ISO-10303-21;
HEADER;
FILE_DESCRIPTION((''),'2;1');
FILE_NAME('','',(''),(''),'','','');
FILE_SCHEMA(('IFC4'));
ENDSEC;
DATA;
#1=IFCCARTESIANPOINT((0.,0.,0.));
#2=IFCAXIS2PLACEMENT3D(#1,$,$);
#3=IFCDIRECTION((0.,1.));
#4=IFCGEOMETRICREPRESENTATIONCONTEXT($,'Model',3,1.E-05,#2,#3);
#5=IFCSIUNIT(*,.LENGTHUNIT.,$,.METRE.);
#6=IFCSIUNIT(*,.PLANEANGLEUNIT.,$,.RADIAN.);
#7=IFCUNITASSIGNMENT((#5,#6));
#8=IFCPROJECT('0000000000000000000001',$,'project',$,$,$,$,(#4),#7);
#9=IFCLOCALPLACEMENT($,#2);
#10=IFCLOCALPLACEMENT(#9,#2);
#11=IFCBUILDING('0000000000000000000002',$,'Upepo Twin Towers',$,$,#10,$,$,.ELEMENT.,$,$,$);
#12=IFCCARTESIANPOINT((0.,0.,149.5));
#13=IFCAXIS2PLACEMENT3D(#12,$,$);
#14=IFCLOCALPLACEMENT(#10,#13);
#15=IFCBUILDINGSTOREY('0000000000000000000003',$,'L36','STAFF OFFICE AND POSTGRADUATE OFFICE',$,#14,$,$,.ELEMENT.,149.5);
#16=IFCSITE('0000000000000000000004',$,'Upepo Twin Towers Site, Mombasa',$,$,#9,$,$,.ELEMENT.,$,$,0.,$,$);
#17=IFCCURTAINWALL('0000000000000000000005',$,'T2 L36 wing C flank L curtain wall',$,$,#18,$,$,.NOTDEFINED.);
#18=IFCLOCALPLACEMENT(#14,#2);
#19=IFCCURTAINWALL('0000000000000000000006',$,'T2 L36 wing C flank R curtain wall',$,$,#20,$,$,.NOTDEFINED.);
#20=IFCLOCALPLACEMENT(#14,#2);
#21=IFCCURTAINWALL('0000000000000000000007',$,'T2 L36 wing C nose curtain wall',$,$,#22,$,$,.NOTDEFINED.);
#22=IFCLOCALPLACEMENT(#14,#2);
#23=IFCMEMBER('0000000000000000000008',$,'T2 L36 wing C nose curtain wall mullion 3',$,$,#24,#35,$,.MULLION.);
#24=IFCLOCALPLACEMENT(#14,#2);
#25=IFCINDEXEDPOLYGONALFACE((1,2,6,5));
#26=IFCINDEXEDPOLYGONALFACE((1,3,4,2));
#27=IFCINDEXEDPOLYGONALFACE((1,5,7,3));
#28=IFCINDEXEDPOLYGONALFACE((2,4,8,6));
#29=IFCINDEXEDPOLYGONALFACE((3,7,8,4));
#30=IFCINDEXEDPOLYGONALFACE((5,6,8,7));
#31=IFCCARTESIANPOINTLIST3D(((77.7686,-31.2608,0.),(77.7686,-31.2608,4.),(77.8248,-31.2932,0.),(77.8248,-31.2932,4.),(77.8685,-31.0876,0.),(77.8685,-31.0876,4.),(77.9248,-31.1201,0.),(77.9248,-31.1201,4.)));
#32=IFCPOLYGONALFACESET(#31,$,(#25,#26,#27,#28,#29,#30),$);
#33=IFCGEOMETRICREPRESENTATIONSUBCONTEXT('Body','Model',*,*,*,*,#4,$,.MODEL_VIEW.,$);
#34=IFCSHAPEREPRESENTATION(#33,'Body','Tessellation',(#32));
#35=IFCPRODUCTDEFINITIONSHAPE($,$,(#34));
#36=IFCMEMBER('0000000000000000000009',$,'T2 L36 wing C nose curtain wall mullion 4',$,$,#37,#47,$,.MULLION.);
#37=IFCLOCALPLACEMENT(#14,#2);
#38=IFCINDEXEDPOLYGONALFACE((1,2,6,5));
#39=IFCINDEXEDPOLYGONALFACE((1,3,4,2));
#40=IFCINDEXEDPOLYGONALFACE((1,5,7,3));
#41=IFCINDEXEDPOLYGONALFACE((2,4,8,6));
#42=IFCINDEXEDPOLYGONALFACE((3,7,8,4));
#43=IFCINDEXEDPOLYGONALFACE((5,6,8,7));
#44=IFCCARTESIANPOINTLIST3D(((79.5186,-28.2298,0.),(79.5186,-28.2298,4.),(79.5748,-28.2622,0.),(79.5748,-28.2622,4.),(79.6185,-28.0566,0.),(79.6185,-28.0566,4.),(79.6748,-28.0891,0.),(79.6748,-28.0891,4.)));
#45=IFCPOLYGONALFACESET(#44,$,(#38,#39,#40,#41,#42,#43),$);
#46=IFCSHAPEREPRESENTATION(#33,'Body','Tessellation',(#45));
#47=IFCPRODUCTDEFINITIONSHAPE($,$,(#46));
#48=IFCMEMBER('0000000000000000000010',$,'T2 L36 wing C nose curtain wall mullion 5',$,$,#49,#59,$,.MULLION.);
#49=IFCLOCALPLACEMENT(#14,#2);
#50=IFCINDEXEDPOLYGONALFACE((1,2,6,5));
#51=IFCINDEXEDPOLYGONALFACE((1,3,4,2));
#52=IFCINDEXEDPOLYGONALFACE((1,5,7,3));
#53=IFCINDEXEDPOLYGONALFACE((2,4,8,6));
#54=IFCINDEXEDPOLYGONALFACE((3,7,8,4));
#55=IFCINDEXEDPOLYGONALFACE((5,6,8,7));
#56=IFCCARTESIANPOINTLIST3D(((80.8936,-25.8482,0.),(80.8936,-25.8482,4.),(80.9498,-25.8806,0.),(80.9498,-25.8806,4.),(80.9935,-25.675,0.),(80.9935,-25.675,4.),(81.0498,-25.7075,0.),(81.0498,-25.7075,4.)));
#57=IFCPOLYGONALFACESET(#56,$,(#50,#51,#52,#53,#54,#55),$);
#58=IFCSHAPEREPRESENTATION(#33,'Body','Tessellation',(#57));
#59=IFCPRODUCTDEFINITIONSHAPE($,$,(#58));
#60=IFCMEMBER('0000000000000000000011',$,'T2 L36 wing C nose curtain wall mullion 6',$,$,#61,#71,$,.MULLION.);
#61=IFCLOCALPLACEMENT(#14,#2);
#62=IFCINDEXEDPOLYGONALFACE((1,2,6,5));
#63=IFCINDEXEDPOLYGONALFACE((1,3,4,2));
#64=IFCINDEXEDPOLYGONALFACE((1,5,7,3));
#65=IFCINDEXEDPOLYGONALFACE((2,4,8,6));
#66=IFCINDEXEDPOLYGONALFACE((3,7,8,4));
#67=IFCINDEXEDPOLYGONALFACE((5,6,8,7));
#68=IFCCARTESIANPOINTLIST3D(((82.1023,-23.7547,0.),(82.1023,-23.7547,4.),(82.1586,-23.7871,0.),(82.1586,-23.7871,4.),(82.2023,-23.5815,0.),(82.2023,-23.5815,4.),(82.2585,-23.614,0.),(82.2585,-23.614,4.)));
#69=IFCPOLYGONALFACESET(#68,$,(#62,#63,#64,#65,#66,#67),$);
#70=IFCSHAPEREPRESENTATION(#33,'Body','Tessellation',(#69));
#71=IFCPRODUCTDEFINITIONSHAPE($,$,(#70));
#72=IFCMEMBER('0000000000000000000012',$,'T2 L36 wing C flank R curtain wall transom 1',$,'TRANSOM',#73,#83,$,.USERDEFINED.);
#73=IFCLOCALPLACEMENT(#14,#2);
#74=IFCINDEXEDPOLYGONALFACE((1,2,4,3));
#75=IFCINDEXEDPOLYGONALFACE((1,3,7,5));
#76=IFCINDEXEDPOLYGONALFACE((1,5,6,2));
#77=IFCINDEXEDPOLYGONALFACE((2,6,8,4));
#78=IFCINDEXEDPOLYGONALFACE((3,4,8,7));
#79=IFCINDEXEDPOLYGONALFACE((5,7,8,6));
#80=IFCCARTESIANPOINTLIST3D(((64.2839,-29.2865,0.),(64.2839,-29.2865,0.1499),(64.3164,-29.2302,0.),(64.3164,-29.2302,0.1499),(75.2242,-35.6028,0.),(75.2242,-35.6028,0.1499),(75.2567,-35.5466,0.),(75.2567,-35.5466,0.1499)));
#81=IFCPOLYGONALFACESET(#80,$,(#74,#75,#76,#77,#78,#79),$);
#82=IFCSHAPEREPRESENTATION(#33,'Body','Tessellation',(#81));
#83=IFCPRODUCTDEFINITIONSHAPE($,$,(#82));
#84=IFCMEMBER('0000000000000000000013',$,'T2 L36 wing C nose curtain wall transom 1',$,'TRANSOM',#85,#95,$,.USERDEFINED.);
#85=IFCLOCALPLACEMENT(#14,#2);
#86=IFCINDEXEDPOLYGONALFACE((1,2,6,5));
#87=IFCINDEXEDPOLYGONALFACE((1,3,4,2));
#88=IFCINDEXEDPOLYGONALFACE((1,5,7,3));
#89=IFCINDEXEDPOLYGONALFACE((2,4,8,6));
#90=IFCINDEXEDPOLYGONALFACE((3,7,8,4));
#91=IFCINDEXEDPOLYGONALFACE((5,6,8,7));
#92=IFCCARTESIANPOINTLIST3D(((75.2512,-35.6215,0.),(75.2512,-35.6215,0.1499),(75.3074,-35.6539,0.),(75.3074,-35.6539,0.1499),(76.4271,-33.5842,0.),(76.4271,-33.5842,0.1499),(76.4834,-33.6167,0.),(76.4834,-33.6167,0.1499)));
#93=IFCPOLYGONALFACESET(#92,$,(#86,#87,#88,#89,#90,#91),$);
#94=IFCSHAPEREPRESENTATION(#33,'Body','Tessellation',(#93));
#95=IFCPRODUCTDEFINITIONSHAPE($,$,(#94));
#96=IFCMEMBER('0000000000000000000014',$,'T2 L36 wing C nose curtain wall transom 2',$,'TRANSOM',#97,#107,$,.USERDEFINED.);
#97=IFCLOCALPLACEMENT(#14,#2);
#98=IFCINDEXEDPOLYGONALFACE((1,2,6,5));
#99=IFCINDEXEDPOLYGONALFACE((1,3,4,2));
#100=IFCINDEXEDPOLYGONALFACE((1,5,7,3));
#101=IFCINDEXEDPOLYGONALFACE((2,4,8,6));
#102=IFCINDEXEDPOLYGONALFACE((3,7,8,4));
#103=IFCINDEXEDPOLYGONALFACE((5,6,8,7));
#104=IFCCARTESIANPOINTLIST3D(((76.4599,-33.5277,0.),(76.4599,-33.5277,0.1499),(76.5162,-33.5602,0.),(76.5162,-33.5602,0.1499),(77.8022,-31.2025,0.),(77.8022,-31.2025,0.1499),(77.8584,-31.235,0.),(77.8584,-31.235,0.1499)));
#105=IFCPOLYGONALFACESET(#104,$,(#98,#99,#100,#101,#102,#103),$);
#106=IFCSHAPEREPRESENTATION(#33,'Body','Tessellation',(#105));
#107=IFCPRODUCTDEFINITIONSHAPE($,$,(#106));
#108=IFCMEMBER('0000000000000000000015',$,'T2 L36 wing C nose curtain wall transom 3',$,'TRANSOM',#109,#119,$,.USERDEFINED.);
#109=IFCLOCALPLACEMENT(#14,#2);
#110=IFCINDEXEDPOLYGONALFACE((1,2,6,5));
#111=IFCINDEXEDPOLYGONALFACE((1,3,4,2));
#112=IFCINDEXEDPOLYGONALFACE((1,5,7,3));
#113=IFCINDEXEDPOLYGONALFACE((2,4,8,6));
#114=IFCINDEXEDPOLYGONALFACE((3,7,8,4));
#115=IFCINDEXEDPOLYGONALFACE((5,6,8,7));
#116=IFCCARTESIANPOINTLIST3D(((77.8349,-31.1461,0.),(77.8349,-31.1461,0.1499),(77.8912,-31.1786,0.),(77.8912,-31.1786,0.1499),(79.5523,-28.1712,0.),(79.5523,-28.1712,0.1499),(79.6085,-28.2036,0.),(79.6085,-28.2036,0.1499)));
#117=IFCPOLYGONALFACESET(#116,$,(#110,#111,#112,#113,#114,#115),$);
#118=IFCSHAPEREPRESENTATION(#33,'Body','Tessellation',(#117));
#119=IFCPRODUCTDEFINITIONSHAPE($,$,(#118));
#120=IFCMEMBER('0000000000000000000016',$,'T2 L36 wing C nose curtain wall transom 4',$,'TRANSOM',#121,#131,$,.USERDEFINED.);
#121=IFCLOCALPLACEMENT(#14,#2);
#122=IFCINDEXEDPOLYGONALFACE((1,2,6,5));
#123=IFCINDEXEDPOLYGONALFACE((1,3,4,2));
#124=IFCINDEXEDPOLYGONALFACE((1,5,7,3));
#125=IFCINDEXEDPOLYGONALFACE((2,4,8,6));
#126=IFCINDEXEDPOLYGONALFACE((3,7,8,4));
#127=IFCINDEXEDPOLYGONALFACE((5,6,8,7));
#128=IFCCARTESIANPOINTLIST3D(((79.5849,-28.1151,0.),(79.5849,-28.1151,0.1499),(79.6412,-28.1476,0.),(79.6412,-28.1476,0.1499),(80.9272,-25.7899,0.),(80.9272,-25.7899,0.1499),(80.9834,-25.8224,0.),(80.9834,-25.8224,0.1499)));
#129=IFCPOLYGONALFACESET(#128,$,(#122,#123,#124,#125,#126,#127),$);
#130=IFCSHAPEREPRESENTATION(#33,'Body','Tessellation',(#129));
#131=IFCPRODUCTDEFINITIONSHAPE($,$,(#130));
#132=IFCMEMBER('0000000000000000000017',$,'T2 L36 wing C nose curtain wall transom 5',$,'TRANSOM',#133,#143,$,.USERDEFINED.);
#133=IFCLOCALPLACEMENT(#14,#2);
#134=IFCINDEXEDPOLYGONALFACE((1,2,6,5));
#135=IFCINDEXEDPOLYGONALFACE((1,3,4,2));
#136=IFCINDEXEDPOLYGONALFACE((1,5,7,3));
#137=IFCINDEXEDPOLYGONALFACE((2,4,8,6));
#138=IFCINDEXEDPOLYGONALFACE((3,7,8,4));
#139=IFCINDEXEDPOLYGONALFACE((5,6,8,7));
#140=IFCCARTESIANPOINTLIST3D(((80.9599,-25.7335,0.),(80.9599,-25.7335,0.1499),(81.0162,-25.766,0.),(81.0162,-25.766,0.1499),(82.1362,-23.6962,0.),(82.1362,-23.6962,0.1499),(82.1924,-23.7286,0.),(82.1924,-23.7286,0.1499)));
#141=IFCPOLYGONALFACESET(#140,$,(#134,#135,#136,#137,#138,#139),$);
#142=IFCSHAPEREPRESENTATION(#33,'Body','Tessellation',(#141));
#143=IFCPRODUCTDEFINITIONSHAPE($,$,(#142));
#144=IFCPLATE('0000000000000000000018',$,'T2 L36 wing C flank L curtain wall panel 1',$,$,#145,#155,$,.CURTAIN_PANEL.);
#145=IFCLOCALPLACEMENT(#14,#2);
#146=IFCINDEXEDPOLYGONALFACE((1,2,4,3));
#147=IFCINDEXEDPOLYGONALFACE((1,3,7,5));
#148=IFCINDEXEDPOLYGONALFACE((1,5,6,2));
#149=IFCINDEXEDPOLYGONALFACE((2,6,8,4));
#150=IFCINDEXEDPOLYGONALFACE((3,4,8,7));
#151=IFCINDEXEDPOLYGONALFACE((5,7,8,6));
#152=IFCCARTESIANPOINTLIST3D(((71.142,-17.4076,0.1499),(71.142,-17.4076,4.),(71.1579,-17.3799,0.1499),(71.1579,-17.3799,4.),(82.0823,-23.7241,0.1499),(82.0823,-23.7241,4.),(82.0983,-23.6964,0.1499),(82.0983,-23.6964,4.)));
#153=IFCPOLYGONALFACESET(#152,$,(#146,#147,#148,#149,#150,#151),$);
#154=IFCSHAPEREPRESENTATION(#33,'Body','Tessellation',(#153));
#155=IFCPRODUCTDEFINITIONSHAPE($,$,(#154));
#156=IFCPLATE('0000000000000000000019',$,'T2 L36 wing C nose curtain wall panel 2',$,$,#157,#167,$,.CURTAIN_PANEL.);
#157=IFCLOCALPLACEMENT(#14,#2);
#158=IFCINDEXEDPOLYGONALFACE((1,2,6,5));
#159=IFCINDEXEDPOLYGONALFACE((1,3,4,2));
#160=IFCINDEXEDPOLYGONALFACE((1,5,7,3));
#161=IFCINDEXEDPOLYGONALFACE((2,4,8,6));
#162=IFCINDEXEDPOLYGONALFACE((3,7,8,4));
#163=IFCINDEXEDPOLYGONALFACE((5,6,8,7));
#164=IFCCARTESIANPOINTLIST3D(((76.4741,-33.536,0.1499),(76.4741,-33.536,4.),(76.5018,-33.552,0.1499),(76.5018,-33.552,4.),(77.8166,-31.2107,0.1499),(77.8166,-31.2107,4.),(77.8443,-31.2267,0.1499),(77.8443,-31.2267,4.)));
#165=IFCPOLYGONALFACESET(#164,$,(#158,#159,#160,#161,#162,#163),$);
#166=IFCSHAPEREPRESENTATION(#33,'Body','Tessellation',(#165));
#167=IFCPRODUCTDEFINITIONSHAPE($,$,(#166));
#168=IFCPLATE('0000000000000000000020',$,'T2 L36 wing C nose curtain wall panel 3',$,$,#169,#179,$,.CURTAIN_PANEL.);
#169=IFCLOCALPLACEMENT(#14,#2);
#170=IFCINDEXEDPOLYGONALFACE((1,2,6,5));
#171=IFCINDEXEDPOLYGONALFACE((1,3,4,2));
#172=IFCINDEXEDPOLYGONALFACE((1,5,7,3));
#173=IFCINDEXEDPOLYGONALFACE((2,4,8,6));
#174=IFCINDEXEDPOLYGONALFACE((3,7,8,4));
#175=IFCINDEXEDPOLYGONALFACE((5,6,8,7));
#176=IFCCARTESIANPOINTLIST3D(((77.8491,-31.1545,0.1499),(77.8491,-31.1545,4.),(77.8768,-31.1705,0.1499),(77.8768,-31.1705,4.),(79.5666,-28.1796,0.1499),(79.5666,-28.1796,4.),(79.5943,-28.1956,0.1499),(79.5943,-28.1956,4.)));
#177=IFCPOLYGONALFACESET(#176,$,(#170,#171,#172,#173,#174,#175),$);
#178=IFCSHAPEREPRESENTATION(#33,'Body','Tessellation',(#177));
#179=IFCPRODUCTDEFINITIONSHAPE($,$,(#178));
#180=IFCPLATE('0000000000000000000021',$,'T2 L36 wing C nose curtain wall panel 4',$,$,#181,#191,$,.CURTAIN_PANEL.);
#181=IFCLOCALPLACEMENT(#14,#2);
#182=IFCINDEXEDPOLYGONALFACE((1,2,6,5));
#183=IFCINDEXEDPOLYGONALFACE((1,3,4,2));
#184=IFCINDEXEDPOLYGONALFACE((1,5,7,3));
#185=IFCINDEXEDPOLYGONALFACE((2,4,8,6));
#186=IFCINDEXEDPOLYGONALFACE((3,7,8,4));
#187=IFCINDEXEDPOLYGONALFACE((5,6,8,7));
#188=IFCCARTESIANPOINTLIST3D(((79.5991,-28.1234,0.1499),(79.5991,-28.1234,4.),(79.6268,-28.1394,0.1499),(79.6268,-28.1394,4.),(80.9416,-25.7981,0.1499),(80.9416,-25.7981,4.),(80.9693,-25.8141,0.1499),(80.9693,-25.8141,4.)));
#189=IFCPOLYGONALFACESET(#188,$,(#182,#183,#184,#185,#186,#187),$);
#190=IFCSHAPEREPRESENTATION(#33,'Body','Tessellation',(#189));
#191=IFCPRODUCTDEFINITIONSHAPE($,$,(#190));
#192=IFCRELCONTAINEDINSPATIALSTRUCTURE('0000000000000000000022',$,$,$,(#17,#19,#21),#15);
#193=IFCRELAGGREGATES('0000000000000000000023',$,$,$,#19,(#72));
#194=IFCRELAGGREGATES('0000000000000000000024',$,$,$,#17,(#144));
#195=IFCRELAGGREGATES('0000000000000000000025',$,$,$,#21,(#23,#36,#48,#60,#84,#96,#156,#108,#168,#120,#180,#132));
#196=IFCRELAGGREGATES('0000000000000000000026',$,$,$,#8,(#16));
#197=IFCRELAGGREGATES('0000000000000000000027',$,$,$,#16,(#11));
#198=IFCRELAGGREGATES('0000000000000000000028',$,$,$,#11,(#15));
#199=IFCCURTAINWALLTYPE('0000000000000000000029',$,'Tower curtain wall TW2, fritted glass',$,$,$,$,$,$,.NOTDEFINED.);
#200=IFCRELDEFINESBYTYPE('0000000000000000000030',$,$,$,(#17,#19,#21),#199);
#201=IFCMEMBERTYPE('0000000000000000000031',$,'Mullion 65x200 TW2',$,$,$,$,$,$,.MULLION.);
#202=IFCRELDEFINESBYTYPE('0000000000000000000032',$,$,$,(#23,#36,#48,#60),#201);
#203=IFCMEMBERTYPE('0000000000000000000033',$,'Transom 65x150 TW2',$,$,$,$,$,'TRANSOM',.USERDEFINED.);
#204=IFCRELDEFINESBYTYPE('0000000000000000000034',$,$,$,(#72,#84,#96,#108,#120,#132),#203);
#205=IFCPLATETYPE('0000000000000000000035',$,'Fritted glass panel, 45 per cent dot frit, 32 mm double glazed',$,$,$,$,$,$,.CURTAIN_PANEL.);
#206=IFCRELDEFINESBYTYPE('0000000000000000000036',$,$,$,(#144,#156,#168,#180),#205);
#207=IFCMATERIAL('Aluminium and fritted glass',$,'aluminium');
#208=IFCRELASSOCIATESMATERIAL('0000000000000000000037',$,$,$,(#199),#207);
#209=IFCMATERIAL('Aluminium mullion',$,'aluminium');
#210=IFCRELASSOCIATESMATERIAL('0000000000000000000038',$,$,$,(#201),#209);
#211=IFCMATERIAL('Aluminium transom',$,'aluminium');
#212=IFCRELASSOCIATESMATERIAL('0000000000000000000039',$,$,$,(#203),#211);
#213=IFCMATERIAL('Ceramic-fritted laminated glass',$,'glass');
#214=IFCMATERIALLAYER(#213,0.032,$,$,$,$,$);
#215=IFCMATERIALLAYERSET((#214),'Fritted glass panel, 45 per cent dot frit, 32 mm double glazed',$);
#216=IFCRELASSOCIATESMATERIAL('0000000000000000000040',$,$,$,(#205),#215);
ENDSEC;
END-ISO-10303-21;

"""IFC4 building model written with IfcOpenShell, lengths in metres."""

from ifc_helpers import new_model, si_unit, direction, frame, origin, origin_2d, place, context, subcontext, project, spatial, rectangle, extrude, material, layer, layer_set, material_profile, profile_set, type_object, element, aggregate, save


model = new_model("IFC4")

# Units and contexts
model_context = context("Model", 3, precision=1e-05, world=origin(), true_north=direction((0.0, 1.0)))
body_context = subcontext(model_context, "Body", "Model", "MODEL_VIEW")
ifc_project = project(units=[si_unit("LENGTHUNIT", "METRE"), si_unit("PLANEANGLEUNIT", "RADIAN")], contexts=[model_context])

# Site, building, storey
site_placement = place(None, origin())
site = spatial("IfcSite", under=ifc_project, at=site_placement, Name="Upepo Twin Towers Site, Mombasa", CompositionType="ELEMENT", RefElevation=0.0)
building_placement = place(site_placement, origin())
building = spatial("IfcBuilding", under=site, at=building_placement, Name="Upepo Twin Towers", CompositionType="ELEMENT")
storey_placement = place(building_placement, frame((0.0, 0.0, 149.5)))
storey = spatial("IfcBuildingStorey", under=building, at=storey_placement, Name="L36", Description="STAFF OFFICE AND POSTGRADUATE OFFICE", CompositionType="ELEMENT", Elevation=149.5)

# Curtain walls
ifc_material_1 = material(Name="Aluminium and fritted glass", Category="aluminium")
curtain_wall_type = type_object("IfcCurtainWallType", Name="Tower curtain wall TW2, fritted glass", PredefinedType="NOTDEFINED", material=ifc_material_1)
curtain_wall_1_placement = place(storey_placement, origin())
curtain_wall_1 = element("IfcCurtainWall", 1, at=curtain_wall_1_placement, inside=storey, type_object=curtain_wall_type, Name="T2 L36 wing C flank L curtain wall", PredefinedType="NOTDEFINED")
ifc_material_2 = material(Name="Aluminium mullion", Category="aluminium")
ifc_material_profile_1 = material_profile(ifc_material_2, rectangle(XDim=0.0649, YDim=0.2, at=origin_2d()), Name="MULLION 65x200")
ifc_profile_set_1 = profile_set([ifc_material_profile_1], Name="Aluminium mullion")
member_type_1 = type_object("IfcMemberType", Name="Mullion 65x200 TW2", PredefinedType="MULLION", material=ifc_profile_set_1)
curtain_wall_2_placement = place(storey_placement, origin())
curtain_wall_2 = element("IfcCurtainWall", 2, at=curtain_wall_2_placement, inside=storey, type_object=curtain_wall_type, Name="T2 L36 wing C flank R curtain wall", PredefinedType="NOTDEFINED")

# Curtain wall, members
curtain_wall_3_placement = place(storey_placement, origin())
curtain_wall_3 = element("IfcCurtainWall", 3, at=curtain_wall_3_placement, inside=storey, type_object=curtain_wall_type, Name="T2 L36 wing C nose curtain wall", PredefinedType="NOTDEFINED")
member_1_placement = place(storey_placement, frame((77.8467, -31.1904, 0.0), z_axis=(0.0, 0.0, 1.0), x_axis=(-0.866025, 0.5, 0.0)))
member_1 = element("IfcMember", 4, at=member_1_placement, type_object=member_type_1, Name="T2 L36 wing C nose curtain wall mullion 3", PredefinedType="MULLION", context=body_context, shape_type="SweptSolid", body=[
    extrude(rectangle(XDim=0.0649, YDim=0.2, at=origin_2d()), origin(), (0.0, 0.0, 1.0), 4.0),
])
member_2_placement = place(storey_placement, frame((79.5967, -28.1594, 0.0), z_axis=(0.0, 0.0, 1.0), x_axis=(-0.866025, 0.5, 0.0)))
member_2 = element("IfcMember", 5, at=member_2_placement, type_object=member_type_1, Name="T2 L36 wing C nose curtain wall mullion 4", PredefinedType="MULLION", context=body_context, shape_type="SweptSolid", body=[
    extrude(rectangle(XDim=0.0649, YDim=0.2, at=origin_2d()), origin(), (0.0, 0.0, 1.0), 4.0),
])
member_3_placement = place(storey_placement, frame((80.9717, -25.7778, 0.0), z_axis=(0.0, 0.0, 1.0), x_axis=(-0.866025, 0.5, 0.0)))
member_3 = element("IfcMember", 6, at=member_3_placement, type_object=member_type_1, Name="T2 L36 wing C nose curtain wall mullion 5", PredefinedType="MULLION", context=body_context, shape_type="SweptSolid", body=[
    extrude(rectangle(XDim=0.0649, YDim=0.2, at=origin_2d()), origin(), (0.0, 0.0, 1.0), 4.0),
])
member_4_placement = place(storey_placement, frame((82.1804, -23.6843, 0.0), z_axis=(0.0, 0.0, 1.0), x_axis=(-0.866025, 0.5, 0.0)))
member_4 = element("IfcMember", 7, at=member_4_placement, type_object=member_type_1, Name="T2 L36 wing C nose curtain wall mullion 6", PredefinedType="MULLION", context=body_context, shape_type="SweptSolid", body=[
    extrude(rectangle(XDim=0.0649, YDim=0.2, at=origin_2d()), origin(), (0.0, 0.0, 1.0), 4.0),
])

# Members
ifc_material_3 = material(Name="Aluminium transom", Category="aluminium")
ifc_material_profile_2 = material_profile(ifc_material_3, rectangle(XDim=0.0649, YDim=0.1499, at=origin_2d()), Name="TRANSOM 65x150")
ifc_profile_set_2 = profile_set([ifc_material_profile_2], Name="Aluminium transom")
member_type_2 = type_object("IfcMemberType", Name="Transom 65x150 TW2", ElementType="TRANSOM", PredefinedType="USERDEFINED", material=ifc_profile_set_2)
member_5_placement = place(storey_placement, frame((75.2405, -35.5747, 0.075), z_axis=(-0.866027, 0.499997, 0.0), x_axis=(-0.499997, -0.866027, 0.0)))
member_5 = element("IfcMember", 8, at=member_5_placement, type_object=member_type_2, Name="T2 L36 wing C flank R curtain wall transom 1", ObjectType="TRANSOM", PredefinedType="USERDEFINED", context=body_context, shape_type="SweptSolid", body=[
    extrude(rectangle(XDim=0.0649, YDim=0.1499, at=origin_2d()), origin(), (0.0, 0.0, 1.0), 12.6328),
])
aggregate(curtain_wall_2, [member_5])
member_6_placement = place(storey_placement, frame((75.2793, -35.6377, 0.075), z_axis=(0.499923, 0.86607, 0.0), x_axis=(-0.86607, 0.499923, 0.0)))
member_6 = element("IfcMember", 9, at=member_6_placement, type_object=member_type_2, Name="T2 L36 wing C nose curtain wall transom 1", ObjectType="TRANSOM", PredefinedType="USERDEFINED", context=body_context, shape_type="SweptSolid", body=[
    extrude(rectangle(XDim=0.0649, YDim=0.1499, at=origin_2d()), origin(), (0.0, 0.0, 1.0), 2.3523),
])
member_7_placement = place(storey_placement, frame((76.488, -33.5439, 0.075), z_axis=(0.499953, 0.866052, 0.0), x_axis=(-0.866052, 0.499953, 0.0)))
member_7 = element("IfcMember", 10, at=member_7_placement, type_object=member_type_2, Name="T2 L36 wing C nose curtain wall transom 2", ObjectType="TRANSOM", PredefinedType="USERDEFINED", context=body_context, shape_type="SweptSolid", body=[
    extrude(rectangle(XDim=0.0649, YDim=0.1499, at=origin_2d()), origin(), (0.0, 0.0, 1.0), 2.6848),
])
member_8_placement = place(storey_placement, frame((77.863, -31.1624, 0.075), z_axis=(0.499946, 0.866057, 0.0), x_axis=(-0.866057, 0.499946, 0.0)))
member_8 = element("IfcMember", 11, at=member_8_placement, type_object=member_type_2, Name="T2 L36 wing C nose curtain wall transom 3", ObjectType="TRANSOM", PredefinedType="USERDEFINED", context=body_context, shape_type="SweptSolid", body=[
    extrude(rectangle(XDim=0.0649, YDim=0.1499, at=origin_2d()), origin(), (0.0, 0.0, 1.0), 3.4351),
])
member_9_placement = place(storey_placement, frame((79.613, -28.1313, 0.075), z_axis=(0.499953, 0.866052, 0.0), x_axis=(-0.866052, 0.499953, 0.0)))
member_9 = element("IfcMember", 12, at=member_9_placement, type_object=member_type_2, Name="T2 L36 wing C nose curtain wall transom 4", ObjectType="TRANSOM", PredefinedType="USERDEFINED", context=body_context, shape_type="SweptSolid", body=[
    extrude(rectangle(XDim=0.0649, YDim=0.1499, at=origin_2d()), origin(), (0.0, 0.0, 1.0), 2.6848),
])
member_10_placement = place(storey_placement, frame((80.988, -25.7498, 0.075), z_axis=(0.500001, 0.866025, 0.0), x_axis=(-0.866025, 0.500001, 0.0)))
member_10 = element("IfcMember", 13, at=member_10_placement, type_object=member_type_2, Name="T2 L36 wing C nose curtain wall transom 5", ObjectType="TRANSOM", PredefinedType="USERDEFINED", context=body_context, shape_type="SweptSolid", body=[
    extrude(rectangle(XDim=0.0649, YDim=0.1499, at=origin_2d()), origin(), (0.0, 0.0, 1.0), 2.3525),
])

# Plates
ifc_material_4 = material(Name="Ceramic-fritted laminated glass", Category="glass")
ifc_layer_1 = layer(ifc_material_4, 0.032)
ifc_layer_set_1 = layer_set([ifc_layer_1], Name="Fritted glass panel, 45 per cent dot frit, 32 mm double glazed")
plate_type_1 = type_object("IfcPlateType", Name="Fritted glass panel, 45 per cent dot frit, 32 mm double glazed", PredefinedType="CURTAIN_PANEL", material=ifc_layer_set_1)
plate_1_placement = place(storey_placement, frame((76.6201, -20.552, 0.1499), z_axis=(0.0, 0.0, 1.0), x_axis=(0.866025, -0.5, 0.0)))
plate_1 = element("IfcPlate", 14, at=plate_1_placement, type_object=plate_type_1, Name="T2 L36 wing C flank L curtain wall panel 1", PredefinedType="CURTAIN_PANEL", context=body_context, shape_type="SweptSolid", body=[
    extrude(rectangle(XDim=12.6328, YDim=0.032, at=origin_2d()), origin(), (0.0, 0.0, 1.0), 3.8501),
])
aggregate(curtain_wall_1, [plate_1])
plate_2_placement = place(storey_placement, frame((77.1592, -32.3813, 0.1499), z_axis=(0.0, 0.0, 1.0), x_axis=(0.5, 0.866025, 0.0)))
plate_2 = element("IfcPlate", 15, at=plate_2_placement, type_object=plate_type_1, Name="T2 L36 wing C nose curtain wall panel 2", PredefinedType="CURTAIN_PANEL", context=body_context, shape_type="SweptSolid", body=[
    extrude(rectangle(XDim=2.6851, YDim=0.032, at=origin_2d()), origin(), (0.0, 0.0, 1.0), 3.8501),
])
plate_3_placement = place(storey_placement, frame((78.7217, -29.675, 0.1499), z_axis=(0.0, 0.0, 1.0), x_axis=(0.5, 0.866025, 0.0)))
plate_3 = element("IfcPlate", 16, at=plate_3_placement, type_object=plate_type_1, Name="T2 L36 wing C nose curtain wall panel 3", PredefinedType="CURTAIN_PANEL", context=body_context, shape_type="SweptSolid", body=[
    extrude(rectangle(XDim=3.4351, YDim=0.032, at=origin_2d()), origin(), (0.0, 0.0, 1.0), 3.8501),
])
plate_4_placement = place(storey_placement, frame((80.2842, -26.9688, 0.1499), z_axis=(0.0, 0.0, 1.0), x_axis=(0.5, 0.866025, 0.0)))
plate_4 = element("IfcPlate", 17, at=plate_4_placement, type_object=plate_type_1, Name="T2 L36 wing C nose curtain wall panel 4", PredefinedType="CURTAIN_PANEL", context=body_context, shape_type="SweptSolid", body=[
    extrude(rectangle(XDim=2.6851, YDim=0.032, at=origin_2d()), origin(), (0.0, 0.0, 1.0), 3.8501),
])
aggregate(curtain_wall_3, [member_1, member_2, member_3, member_4, member_6, member_7, plate_2, member_8, plate_3, member_9, plate_4, member_10])

save(model, "model.ifc")
